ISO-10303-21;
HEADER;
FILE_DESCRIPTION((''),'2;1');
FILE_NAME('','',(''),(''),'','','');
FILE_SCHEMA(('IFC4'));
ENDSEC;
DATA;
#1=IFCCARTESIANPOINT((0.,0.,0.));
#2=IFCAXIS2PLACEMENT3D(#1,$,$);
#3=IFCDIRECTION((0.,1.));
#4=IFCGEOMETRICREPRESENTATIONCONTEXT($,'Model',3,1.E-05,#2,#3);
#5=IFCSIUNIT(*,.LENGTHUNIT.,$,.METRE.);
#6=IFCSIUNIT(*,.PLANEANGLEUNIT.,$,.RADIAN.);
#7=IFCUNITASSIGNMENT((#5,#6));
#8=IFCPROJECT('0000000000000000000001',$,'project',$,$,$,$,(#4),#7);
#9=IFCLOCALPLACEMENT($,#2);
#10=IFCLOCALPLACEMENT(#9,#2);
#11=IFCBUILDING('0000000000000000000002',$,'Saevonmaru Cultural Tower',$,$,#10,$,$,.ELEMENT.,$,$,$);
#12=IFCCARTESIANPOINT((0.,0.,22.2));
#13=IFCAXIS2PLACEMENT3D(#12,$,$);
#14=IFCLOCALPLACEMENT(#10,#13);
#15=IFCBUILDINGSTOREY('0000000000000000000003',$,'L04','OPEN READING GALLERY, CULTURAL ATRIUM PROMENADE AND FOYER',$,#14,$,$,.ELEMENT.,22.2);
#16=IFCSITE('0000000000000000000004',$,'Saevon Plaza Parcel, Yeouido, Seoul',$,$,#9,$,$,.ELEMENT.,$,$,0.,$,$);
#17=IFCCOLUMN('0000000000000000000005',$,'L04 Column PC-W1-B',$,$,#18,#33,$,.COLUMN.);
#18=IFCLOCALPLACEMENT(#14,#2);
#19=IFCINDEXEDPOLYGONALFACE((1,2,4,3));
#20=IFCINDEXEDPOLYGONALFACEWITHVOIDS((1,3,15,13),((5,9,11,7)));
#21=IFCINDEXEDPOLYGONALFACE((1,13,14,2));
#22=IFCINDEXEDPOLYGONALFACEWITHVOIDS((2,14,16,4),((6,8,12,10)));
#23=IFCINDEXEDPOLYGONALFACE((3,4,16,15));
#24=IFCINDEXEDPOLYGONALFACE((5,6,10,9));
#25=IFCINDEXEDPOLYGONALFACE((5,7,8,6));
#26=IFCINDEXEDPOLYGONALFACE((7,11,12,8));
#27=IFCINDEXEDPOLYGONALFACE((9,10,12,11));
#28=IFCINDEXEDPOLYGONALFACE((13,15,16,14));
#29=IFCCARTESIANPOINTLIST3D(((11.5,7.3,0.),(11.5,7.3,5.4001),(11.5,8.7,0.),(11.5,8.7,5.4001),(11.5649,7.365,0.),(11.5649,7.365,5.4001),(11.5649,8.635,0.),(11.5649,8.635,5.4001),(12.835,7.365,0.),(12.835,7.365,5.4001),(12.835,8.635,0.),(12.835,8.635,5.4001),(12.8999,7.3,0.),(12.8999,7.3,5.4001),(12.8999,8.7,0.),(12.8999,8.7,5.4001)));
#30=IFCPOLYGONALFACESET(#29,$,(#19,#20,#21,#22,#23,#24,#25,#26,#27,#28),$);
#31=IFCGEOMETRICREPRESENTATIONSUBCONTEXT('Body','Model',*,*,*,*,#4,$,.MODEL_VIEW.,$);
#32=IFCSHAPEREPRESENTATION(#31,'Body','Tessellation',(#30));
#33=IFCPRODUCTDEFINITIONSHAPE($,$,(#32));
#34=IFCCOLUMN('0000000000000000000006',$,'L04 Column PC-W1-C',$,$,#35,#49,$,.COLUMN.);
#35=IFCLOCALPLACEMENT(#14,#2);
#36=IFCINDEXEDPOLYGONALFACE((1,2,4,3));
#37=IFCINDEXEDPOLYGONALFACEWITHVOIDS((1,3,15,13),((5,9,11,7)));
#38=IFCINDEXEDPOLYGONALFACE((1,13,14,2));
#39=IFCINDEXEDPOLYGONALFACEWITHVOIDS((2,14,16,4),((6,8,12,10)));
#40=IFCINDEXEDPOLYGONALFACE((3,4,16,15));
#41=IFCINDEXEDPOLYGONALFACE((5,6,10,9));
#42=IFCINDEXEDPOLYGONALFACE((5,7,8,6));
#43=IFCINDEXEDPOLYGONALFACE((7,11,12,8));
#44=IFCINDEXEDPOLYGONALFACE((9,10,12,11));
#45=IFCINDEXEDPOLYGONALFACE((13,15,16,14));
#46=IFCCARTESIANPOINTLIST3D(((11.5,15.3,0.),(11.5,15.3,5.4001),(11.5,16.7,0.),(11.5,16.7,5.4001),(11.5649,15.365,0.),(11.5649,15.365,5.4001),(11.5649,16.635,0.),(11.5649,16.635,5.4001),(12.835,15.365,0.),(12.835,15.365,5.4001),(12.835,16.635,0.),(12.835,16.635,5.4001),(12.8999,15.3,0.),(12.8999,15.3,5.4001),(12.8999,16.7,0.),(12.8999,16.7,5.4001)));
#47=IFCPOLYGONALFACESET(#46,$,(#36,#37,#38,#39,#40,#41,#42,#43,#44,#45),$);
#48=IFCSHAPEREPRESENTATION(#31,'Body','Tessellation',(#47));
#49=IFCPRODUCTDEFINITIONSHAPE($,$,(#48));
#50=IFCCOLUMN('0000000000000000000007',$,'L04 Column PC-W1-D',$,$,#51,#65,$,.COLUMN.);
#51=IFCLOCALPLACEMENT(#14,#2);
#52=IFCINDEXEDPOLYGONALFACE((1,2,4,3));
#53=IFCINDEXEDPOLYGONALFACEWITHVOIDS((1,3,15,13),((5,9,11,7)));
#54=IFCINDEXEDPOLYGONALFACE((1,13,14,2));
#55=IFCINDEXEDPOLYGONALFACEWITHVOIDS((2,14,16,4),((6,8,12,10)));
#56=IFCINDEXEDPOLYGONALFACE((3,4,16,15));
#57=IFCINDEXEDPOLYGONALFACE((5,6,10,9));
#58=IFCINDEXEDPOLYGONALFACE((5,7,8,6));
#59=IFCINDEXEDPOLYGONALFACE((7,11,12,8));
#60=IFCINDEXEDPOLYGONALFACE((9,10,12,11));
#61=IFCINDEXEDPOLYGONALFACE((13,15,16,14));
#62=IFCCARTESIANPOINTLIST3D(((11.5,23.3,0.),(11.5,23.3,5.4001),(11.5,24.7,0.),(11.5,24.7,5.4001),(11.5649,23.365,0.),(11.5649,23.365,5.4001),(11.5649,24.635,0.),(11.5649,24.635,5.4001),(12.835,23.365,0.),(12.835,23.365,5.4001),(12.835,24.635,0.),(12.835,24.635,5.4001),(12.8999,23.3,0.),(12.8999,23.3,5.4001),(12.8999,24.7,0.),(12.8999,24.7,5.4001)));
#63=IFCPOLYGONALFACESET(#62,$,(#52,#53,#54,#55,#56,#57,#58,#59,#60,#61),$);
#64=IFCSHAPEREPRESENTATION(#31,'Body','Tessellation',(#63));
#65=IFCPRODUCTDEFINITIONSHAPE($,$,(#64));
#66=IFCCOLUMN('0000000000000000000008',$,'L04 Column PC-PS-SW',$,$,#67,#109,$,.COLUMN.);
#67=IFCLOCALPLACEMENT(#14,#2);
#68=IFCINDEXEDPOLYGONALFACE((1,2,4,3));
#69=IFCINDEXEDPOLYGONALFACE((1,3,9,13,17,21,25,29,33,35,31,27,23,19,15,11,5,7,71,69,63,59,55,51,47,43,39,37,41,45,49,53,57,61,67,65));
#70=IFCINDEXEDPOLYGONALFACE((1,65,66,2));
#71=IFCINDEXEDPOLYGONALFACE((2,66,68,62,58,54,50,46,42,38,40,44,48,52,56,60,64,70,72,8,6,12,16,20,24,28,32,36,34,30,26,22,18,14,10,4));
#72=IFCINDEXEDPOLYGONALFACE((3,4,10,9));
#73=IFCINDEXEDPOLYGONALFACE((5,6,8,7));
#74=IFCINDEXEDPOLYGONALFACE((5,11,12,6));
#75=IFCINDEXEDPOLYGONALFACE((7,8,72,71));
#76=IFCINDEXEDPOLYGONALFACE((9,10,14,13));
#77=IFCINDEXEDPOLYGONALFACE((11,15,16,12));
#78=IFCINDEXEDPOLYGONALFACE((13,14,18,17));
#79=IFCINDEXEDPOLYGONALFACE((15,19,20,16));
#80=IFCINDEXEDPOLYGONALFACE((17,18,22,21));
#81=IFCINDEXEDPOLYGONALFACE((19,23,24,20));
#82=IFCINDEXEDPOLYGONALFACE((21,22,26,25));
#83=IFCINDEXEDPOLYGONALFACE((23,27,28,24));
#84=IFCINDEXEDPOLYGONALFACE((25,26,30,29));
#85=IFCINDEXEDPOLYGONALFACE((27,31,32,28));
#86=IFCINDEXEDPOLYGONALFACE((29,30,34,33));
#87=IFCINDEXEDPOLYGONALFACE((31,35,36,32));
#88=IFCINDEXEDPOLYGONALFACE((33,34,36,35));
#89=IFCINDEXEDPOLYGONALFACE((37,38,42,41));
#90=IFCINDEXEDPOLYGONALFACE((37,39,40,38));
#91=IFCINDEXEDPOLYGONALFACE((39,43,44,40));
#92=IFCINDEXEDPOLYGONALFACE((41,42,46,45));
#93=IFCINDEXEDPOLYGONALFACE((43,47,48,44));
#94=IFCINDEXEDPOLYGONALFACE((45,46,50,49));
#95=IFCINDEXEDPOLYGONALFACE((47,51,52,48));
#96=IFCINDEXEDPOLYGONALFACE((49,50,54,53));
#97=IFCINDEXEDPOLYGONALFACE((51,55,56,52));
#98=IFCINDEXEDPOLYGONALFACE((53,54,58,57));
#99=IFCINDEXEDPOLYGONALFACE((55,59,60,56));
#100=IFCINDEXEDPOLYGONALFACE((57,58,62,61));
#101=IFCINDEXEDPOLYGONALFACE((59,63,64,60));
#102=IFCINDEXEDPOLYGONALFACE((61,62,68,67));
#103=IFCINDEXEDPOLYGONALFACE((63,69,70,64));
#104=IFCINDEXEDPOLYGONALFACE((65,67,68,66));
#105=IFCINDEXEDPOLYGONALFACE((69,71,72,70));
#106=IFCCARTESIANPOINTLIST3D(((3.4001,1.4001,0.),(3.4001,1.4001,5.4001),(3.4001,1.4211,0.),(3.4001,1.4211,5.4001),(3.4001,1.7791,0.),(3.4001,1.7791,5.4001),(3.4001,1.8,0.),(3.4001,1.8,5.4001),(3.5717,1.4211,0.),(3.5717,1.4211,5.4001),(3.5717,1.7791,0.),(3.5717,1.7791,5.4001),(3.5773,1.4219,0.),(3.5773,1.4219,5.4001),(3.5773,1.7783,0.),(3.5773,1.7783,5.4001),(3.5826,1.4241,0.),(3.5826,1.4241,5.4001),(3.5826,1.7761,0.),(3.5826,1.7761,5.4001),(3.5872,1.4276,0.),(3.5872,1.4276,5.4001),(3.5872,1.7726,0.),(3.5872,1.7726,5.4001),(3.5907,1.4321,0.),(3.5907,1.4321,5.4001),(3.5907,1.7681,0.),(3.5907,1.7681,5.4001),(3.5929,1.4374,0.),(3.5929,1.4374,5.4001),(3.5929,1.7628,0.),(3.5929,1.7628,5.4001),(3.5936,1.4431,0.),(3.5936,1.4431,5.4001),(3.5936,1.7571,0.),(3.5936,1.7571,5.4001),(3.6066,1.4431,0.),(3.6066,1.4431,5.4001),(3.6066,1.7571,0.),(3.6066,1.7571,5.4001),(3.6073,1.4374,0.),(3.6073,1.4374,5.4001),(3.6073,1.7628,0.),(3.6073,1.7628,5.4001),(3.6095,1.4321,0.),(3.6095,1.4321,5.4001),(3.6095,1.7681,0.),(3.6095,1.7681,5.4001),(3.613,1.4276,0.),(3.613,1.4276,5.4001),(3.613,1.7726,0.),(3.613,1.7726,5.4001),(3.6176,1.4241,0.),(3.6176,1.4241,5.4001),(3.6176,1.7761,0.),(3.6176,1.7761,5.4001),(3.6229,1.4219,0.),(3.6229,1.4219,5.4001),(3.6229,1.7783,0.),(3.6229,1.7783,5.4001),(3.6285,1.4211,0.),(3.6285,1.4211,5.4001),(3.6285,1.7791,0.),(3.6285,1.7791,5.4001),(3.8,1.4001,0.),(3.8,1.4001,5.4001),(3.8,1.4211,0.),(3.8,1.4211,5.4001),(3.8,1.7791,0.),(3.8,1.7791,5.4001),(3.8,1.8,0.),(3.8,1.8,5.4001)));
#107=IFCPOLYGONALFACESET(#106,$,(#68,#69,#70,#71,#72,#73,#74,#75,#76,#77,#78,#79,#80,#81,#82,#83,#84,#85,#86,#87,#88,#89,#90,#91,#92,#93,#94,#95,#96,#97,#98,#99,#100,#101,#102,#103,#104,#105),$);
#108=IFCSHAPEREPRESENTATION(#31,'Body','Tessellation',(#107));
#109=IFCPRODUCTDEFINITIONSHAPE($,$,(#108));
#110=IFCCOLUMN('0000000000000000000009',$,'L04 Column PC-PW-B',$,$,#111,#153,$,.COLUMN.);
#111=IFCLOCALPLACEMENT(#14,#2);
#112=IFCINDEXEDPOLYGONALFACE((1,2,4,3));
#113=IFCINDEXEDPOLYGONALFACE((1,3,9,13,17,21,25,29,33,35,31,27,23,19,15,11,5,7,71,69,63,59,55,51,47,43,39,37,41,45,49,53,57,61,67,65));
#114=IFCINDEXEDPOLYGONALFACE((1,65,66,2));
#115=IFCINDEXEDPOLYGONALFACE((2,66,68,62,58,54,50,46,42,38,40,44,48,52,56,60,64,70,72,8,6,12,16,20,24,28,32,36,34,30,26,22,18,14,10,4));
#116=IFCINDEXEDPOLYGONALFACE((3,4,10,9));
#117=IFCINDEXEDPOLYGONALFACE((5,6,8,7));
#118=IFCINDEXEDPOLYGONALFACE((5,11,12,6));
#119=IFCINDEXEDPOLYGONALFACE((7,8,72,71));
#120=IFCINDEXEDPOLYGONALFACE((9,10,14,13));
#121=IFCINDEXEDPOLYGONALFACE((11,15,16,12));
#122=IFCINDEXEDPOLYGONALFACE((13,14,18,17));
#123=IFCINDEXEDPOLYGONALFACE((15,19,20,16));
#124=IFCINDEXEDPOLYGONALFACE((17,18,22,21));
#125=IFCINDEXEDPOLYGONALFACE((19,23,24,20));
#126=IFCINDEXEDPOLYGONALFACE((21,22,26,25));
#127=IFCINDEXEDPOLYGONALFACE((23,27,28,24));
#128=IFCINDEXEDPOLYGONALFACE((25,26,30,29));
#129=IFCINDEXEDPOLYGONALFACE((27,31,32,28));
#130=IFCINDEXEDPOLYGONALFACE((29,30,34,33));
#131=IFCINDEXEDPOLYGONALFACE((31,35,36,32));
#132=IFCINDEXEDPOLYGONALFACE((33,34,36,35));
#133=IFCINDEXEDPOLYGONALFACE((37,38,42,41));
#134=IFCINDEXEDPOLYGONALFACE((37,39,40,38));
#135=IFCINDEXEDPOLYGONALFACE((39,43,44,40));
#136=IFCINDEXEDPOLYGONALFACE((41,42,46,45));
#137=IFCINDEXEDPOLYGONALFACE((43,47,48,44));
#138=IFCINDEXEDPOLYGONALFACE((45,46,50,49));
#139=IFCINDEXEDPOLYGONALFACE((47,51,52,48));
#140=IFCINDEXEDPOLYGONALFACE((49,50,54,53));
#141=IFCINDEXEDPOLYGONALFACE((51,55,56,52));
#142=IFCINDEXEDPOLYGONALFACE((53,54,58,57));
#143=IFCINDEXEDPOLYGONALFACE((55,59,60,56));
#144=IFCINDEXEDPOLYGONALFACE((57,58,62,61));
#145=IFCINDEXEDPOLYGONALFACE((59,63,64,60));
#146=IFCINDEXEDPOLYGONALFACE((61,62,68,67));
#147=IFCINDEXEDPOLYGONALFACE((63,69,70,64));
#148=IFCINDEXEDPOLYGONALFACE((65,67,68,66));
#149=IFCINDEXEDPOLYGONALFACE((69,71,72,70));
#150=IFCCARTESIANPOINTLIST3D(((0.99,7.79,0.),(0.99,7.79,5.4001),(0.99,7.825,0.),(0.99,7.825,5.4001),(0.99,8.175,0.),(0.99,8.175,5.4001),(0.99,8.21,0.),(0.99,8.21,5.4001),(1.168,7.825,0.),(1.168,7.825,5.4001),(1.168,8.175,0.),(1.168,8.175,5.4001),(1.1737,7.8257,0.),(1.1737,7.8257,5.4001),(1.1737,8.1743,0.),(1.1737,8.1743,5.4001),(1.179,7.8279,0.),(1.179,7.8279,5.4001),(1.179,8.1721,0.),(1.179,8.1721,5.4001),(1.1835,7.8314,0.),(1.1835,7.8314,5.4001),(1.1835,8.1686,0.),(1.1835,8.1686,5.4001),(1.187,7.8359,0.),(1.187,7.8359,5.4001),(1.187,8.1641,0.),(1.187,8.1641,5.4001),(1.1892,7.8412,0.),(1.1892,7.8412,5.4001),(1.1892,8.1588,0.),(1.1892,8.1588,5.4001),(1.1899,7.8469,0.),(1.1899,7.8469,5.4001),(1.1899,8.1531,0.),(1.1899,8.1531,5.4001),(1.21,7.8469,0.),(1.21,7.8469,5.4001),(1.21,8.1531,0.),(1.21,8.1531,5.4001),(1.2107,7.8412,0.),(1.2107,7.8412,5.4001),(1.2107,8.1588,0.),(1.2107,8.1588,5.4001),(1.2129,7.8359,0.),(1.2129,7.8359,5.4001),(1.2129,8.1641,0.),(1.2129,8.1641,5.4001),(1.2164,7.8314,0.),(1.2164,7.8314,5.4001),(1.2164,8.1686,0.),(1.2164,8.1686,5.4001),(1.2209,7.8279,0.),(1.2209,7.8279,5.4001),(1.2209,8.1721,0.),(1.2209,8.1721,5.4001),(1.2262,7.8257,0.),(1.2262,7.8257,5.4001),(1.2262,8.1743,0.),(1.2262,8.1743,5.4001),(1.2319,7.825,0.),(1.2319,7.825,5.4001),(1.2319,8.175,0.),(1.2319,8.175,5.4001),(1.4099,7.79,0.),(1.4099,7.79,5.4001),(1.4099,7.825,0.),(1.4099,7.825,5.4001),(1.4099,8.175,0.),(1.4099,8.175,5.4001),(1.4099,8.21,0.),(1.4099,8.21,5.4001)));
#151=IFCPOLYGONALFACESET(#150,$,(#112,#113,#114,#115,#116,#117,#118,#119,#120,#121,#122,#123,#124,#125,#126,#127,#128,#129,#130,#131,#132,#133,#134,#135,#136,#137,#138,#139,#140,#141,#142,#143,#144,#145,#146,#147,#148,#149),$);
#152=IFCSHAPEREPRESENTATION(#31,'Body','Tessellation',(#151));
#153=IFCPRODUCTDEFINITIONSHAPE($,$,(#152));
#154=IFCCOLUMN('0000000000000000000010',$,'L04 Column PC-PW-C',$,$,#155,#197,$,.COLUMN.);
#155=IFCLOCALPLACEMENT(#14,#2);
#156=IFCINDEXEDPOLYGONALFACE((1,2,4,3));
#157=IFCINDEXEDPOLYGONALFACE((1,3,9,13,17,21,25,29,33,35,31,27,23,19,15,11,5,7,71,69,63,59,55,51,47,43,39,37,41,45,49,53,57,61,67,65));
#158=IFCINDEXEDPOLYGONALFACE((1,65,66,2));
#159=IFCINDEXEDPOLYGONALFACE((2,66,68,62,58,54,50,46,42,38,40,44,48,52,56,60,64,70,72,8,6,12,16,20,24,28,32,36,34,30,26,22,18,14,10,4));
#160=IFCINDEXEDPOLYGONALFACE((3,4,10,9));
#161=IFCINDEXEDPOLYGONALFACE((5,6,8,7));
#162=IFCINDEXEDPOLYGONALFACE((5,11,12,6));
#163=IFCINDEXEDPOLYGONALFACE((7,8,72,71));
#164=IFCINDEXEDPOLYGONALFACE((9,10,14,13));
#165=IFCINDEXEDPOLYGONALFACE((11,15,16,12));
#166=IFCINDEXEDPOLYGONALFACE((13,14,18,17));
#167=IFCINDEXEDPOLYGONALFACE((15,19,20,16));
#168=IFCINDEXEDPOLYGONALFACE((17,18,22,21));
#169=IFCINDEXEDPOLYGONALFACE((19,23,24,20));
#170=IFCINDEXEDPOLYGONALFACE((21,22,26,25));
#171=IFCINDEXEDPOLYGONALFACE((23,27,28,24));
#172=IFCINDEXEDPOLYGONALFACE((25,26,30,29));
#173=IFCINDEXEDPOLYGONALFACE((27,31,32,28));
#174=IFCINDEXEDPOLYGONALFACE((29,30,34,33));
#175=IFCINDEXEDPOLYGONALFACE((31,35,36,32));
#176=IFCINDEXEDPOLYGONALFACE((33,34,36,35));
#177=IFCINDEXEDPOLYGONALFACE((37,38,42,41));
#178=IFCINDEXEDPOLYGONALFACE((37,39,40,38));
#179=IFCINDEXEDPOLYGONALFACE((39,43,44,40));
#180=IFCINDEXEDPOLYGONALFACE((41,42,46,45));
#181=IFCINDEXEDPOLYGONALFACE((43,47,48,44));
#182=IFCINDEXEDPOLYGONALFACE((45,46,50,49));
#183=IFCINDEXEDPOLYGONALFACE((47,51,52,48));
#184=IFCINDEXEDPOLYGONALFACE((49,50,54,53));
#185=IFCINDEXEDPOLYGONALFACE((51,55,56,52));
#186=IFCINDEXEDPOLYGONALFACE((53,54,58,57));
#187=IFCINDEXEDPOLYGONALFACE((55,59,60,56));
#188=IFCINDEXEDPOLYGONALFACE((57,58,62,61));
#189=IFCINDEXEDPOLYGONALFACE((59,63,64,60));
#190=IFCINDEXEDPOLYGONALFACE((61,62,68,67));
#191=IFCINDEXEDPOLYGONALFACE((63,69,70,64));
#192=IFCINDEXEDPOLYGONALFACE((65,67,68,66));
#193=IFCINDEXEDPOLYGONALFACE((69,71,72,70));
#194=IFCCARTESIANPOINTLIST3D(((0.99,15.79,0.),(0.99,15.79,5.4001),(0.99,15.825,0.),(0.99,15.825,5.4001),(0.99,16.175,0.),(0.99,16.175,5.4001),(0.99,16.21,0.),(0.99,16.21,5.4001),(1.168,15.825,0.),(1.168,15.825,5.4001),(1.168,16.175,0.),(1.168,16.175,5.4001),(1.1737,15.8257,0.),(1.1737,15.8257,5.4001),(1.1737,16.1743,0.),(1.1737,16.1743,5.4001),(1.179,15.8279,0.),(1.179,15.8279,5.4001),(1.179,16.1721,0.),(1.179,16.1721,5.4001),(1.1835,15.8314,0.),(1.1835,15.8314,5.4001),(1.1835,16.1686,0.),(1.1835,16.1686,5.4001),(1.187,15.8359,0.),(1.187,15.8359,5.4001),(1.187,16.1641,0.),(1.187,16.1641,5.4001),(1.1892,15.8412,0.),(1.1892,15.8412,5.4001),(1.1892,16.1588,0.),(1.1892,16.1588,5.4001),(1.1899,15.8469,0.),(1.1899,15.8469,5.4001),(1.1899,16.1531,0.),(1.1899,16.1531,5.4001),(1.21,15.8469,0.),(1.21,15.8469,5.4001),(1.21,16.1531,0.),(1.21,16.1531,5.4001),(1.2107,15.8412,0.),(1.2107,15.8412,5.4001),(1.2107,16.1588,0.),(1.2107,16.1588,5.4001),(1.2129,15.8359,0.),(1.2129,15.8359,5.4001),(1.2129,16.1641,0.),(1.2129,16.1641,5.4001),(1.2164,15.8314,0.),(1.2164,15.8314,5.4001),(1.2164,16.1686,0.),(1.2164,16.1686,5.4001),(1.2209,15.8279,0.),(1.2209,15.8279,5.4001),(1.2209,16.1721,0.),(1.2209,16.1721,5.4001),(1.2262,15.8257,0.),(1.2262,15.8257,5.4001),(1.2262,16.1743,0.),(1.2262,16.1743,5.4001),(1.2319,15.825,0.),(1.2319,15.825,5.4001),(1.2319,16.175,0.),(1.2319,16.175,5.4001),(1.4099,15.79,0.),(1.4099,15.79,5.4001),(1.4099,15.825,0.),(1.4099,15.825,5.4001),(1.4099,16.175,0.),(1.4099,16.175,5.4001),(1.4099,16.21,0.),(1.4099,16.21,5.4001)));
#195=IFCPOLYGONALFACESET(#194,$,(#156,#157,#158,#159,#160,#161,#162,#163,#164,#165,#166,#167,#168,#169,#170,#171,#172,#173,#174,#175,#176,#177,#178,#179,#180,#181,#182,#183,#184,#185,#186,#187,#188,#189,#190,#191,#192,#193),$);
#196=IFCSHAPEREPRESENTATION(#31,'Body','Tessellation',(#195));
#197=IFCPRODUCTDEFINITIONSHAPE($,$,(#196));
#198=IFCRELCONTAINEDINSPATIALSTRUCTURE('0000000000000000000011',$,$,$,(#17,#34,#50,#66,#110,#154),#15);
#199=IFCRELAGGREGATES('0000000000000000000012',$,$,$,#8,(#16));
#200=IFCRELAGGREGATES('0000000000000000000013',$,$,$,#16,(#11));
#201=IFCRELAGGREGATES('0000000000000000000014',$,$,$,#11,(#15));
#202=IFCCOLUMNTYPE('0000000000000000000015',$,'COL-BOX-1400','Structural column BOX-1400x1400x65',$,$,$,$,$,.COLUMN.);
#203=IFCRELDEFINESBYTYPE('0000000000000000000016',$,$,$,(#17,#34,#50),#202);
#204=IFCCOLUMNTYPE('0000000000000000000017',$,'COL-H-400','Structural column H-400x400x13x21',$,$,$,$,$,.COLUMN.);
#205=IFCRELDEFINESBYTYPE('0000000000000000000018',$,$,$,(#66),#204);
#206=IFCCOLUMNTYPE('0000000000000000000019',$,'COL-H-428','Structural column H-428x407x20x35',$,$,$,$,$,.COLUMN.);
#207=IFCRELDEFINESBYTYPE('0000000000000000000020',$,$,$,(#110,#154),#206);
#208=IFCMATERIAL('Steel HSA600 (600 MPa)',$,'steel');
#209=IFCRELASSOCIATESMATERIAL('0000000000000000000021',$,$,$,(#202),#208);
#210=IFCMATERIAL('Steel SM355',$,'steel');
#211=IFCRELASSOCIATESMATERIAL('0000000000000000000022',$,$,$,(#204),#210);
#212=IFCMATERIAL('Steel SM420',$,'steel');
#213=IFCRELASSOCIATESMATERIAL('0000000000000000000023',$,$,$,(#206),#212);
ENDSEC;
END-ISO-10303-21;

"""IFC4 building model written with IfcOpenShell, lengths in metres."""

from ifc_helpers import new_model, si_unit, direction, frame, origin, origin_2d, place, context, subcontext, project, spatial, hollow_rectangle, i_section, extrude, material, material_profile, profile_set, type_object, element, save


model = new_model("IFC4")

# Units and contexts
model_context = context("Model", 3, precision=1e-05, world=origin(), true_north=direction((0.0, 1.0)))
body_context = subcontext(model_context, "Body", "Model", "MODEL_VIEW")
ifc_project = project(units=[si_unit("LENGTHUNIT", "METRE"), si_unit("PLANEANGLEUNIT", "RADIAN")], contexts=[model_context])

# Site, building, storey
site_placement = place(None, origin())
site = spatial("IfcSite", under=ifc_project, at=site_placement, Name="Saevon Plaza Parcel, Yeouido, Seoul", CompositionType="ELEMENT", RefElevation=0.0)
building_placement = place(site_placement, origin())
building = spatial("IfcBuilding", under=site, at=building_placement, Name="Saevonmaru Cultural Tower", CompositionType="ELEMENT")
storey_placement = place(building_placement, frame((0.0, 0.0, 22.2)))
storey = spatial("IfcBuildingStorey", under=building, at=storey_placement, Name="L04", Description="OPEN READING GALLERY, CULTURAL ATRIUM PROMENADE AND FOYER", CompositionType="ELEMENT", Elevation=22.2)

# Columns
ifc_material_1 = material(Name="Steel HSA600 (600 MPa)", Category="steel")
ifc_material_profile_1 = material_profile(ifc_material_1, hollow_rectangle(XDim=1.3999, YDim=1.3999, WallThickness=0.0649, at=origin_2d()), Name="BOX-1400x1400x65")
ifc_profile_set_1 = profile_set([ifc_material_profile_1], Name="Steel HSA600 (600 MPa)")
column_type_1 = type_object("IfcColumnType", Name="COL-BOX-1400", Description="Structural column BOX-1400x1400x65", PredefinedType="COLUMN", material=ifc_profile_set_1)
for number, where, z_axis, x_axis, name in (
    (1, (12.2, 8.0, 0.0), (0.0, 0.0, 1.0), (1.0, 0.0, 0.0), "L04 Column PC-W1-B"),
    (2, (12.2, 16.0, 0.0), (0.0, 0.0, 1.0), (1.0, 0.0, 0.0), "L04 Column PC-W1-C"),
    (3, (12.2, 24.0, 0.0), (0.0, 0.0, 1.0), (1.0, 0.0, 0.0), "L04 Column PC-W1-D"),
):
    element("IfcColumn", number, at=place(storey_placement, frame(where, z_axis=z_axis, x_axis=x_axis)), inside=storey, type_object=column_type_1, Name=name, PredefinedType="COLUMN", context=body_context, shape_type="SweptSolid", body=[
        extrude(hollow_rectangle(XDim=1.3999, YDim=1.3999, WallThickness=0.0649, at=origin_2d()), origin(), (0.0, 0.0, 1.0), 5.4001),
    ])
ifc_material_2 = material(Name="Steel SM355", Category="steel")
ifc_material_profile_2 = material_profile(ifc_material_2, i_section(OverallWidth=0.3999, OverallDepth=0.3999, WebThickness=0.0129, FlangeThickness=0.021, FilletRadius=0.022, at=origin_2d()), Name="H-400x400x13x21")
ifc_profile_set_2 = profile_set([ifc_material_profile_2], Name="Steel SM355")
column_type_2 = type_object("IfcColumnType", Name="COL-H-400", Description="Structural column H-400x400x13x21", PredefinedType="COLUMN", material=ifc_profile_set_2)
column_placement = place(storey_placement, frame((3.6001, 1.6001, 0.0), z_axis=(0.0, 0.0, 1.0), x_axis=(1.0, 0.0, 0.0)))
element("IfcColumn", 4, at=column_placement, inside=storey, type_object=column_type_2, Name="L04 Column PC-PS-SW", PredefinedType="COLUMN", context=body_context, shape_type="SweptSolid", body=[
    extrude(i_section(OverallWidth=0.3999, OverallDepth=0.3999, WebThickness=0.0129, FlangeThickness=0.021, FilletRadius=0.022, at=origin_2d()), origin(), (0.0, 0.0, 1.0), 5.4001),
])
ifc_material_3 = material(Name="Steel SM420", Category="steel")
ifc_material_profile_3 = material_profile(ifc_material_3, i_section(OverallWidth=0.4199, OverallDepth=0.4199, WebThickness=0.02, FlangeThickness=0.0349, FilletRadius=0.022, at=origin_2d()), Name="H-428x407x20x35")
ifc_profile_set_3 = profile_set([ifc_material_profile_3], Name="Steel SM420")
column_type_3 = type_object("IfcColumnType", Name="COL-H-428", Description="Structural column H-428x407x20x35", PredefinedType="COLUMN", material=ifc_profile_set_3)
for number, where, z_axis, x_axis, name in (
    (5, (1.2, 8.0, 0.0), (0.0, 0.0, 1.0), (1.0, 0.0, 0.0), "L04 Column PC-PW-B"),
    (6, (1.2, 16.0, 0.0), (0.0, 0.0, 1.0), (1.0, 0.0, 0.0), "L04 Column PC-PW-C"),
):
    element("IfcColumn", number, at=place(storey_placement, frame(where, z_axis=z_axis, x_axis=x_axis)), inside=storey, type_object=column_type_3, Name=name, PredefinedType="COLUMN", context=body_context, shape_type="SweptSolid", body=[
        extrude(i_section(OverallWidth=0.4199, OverallDepth=0.4199, WebThickness=0.02, FlangeThickness=0.0349, FilletRadius=0.022, at=origin_2d()), origin(), (0.0, 0.0, 1.0), 5.4001),
    ])

save(model, "model.ifc")
